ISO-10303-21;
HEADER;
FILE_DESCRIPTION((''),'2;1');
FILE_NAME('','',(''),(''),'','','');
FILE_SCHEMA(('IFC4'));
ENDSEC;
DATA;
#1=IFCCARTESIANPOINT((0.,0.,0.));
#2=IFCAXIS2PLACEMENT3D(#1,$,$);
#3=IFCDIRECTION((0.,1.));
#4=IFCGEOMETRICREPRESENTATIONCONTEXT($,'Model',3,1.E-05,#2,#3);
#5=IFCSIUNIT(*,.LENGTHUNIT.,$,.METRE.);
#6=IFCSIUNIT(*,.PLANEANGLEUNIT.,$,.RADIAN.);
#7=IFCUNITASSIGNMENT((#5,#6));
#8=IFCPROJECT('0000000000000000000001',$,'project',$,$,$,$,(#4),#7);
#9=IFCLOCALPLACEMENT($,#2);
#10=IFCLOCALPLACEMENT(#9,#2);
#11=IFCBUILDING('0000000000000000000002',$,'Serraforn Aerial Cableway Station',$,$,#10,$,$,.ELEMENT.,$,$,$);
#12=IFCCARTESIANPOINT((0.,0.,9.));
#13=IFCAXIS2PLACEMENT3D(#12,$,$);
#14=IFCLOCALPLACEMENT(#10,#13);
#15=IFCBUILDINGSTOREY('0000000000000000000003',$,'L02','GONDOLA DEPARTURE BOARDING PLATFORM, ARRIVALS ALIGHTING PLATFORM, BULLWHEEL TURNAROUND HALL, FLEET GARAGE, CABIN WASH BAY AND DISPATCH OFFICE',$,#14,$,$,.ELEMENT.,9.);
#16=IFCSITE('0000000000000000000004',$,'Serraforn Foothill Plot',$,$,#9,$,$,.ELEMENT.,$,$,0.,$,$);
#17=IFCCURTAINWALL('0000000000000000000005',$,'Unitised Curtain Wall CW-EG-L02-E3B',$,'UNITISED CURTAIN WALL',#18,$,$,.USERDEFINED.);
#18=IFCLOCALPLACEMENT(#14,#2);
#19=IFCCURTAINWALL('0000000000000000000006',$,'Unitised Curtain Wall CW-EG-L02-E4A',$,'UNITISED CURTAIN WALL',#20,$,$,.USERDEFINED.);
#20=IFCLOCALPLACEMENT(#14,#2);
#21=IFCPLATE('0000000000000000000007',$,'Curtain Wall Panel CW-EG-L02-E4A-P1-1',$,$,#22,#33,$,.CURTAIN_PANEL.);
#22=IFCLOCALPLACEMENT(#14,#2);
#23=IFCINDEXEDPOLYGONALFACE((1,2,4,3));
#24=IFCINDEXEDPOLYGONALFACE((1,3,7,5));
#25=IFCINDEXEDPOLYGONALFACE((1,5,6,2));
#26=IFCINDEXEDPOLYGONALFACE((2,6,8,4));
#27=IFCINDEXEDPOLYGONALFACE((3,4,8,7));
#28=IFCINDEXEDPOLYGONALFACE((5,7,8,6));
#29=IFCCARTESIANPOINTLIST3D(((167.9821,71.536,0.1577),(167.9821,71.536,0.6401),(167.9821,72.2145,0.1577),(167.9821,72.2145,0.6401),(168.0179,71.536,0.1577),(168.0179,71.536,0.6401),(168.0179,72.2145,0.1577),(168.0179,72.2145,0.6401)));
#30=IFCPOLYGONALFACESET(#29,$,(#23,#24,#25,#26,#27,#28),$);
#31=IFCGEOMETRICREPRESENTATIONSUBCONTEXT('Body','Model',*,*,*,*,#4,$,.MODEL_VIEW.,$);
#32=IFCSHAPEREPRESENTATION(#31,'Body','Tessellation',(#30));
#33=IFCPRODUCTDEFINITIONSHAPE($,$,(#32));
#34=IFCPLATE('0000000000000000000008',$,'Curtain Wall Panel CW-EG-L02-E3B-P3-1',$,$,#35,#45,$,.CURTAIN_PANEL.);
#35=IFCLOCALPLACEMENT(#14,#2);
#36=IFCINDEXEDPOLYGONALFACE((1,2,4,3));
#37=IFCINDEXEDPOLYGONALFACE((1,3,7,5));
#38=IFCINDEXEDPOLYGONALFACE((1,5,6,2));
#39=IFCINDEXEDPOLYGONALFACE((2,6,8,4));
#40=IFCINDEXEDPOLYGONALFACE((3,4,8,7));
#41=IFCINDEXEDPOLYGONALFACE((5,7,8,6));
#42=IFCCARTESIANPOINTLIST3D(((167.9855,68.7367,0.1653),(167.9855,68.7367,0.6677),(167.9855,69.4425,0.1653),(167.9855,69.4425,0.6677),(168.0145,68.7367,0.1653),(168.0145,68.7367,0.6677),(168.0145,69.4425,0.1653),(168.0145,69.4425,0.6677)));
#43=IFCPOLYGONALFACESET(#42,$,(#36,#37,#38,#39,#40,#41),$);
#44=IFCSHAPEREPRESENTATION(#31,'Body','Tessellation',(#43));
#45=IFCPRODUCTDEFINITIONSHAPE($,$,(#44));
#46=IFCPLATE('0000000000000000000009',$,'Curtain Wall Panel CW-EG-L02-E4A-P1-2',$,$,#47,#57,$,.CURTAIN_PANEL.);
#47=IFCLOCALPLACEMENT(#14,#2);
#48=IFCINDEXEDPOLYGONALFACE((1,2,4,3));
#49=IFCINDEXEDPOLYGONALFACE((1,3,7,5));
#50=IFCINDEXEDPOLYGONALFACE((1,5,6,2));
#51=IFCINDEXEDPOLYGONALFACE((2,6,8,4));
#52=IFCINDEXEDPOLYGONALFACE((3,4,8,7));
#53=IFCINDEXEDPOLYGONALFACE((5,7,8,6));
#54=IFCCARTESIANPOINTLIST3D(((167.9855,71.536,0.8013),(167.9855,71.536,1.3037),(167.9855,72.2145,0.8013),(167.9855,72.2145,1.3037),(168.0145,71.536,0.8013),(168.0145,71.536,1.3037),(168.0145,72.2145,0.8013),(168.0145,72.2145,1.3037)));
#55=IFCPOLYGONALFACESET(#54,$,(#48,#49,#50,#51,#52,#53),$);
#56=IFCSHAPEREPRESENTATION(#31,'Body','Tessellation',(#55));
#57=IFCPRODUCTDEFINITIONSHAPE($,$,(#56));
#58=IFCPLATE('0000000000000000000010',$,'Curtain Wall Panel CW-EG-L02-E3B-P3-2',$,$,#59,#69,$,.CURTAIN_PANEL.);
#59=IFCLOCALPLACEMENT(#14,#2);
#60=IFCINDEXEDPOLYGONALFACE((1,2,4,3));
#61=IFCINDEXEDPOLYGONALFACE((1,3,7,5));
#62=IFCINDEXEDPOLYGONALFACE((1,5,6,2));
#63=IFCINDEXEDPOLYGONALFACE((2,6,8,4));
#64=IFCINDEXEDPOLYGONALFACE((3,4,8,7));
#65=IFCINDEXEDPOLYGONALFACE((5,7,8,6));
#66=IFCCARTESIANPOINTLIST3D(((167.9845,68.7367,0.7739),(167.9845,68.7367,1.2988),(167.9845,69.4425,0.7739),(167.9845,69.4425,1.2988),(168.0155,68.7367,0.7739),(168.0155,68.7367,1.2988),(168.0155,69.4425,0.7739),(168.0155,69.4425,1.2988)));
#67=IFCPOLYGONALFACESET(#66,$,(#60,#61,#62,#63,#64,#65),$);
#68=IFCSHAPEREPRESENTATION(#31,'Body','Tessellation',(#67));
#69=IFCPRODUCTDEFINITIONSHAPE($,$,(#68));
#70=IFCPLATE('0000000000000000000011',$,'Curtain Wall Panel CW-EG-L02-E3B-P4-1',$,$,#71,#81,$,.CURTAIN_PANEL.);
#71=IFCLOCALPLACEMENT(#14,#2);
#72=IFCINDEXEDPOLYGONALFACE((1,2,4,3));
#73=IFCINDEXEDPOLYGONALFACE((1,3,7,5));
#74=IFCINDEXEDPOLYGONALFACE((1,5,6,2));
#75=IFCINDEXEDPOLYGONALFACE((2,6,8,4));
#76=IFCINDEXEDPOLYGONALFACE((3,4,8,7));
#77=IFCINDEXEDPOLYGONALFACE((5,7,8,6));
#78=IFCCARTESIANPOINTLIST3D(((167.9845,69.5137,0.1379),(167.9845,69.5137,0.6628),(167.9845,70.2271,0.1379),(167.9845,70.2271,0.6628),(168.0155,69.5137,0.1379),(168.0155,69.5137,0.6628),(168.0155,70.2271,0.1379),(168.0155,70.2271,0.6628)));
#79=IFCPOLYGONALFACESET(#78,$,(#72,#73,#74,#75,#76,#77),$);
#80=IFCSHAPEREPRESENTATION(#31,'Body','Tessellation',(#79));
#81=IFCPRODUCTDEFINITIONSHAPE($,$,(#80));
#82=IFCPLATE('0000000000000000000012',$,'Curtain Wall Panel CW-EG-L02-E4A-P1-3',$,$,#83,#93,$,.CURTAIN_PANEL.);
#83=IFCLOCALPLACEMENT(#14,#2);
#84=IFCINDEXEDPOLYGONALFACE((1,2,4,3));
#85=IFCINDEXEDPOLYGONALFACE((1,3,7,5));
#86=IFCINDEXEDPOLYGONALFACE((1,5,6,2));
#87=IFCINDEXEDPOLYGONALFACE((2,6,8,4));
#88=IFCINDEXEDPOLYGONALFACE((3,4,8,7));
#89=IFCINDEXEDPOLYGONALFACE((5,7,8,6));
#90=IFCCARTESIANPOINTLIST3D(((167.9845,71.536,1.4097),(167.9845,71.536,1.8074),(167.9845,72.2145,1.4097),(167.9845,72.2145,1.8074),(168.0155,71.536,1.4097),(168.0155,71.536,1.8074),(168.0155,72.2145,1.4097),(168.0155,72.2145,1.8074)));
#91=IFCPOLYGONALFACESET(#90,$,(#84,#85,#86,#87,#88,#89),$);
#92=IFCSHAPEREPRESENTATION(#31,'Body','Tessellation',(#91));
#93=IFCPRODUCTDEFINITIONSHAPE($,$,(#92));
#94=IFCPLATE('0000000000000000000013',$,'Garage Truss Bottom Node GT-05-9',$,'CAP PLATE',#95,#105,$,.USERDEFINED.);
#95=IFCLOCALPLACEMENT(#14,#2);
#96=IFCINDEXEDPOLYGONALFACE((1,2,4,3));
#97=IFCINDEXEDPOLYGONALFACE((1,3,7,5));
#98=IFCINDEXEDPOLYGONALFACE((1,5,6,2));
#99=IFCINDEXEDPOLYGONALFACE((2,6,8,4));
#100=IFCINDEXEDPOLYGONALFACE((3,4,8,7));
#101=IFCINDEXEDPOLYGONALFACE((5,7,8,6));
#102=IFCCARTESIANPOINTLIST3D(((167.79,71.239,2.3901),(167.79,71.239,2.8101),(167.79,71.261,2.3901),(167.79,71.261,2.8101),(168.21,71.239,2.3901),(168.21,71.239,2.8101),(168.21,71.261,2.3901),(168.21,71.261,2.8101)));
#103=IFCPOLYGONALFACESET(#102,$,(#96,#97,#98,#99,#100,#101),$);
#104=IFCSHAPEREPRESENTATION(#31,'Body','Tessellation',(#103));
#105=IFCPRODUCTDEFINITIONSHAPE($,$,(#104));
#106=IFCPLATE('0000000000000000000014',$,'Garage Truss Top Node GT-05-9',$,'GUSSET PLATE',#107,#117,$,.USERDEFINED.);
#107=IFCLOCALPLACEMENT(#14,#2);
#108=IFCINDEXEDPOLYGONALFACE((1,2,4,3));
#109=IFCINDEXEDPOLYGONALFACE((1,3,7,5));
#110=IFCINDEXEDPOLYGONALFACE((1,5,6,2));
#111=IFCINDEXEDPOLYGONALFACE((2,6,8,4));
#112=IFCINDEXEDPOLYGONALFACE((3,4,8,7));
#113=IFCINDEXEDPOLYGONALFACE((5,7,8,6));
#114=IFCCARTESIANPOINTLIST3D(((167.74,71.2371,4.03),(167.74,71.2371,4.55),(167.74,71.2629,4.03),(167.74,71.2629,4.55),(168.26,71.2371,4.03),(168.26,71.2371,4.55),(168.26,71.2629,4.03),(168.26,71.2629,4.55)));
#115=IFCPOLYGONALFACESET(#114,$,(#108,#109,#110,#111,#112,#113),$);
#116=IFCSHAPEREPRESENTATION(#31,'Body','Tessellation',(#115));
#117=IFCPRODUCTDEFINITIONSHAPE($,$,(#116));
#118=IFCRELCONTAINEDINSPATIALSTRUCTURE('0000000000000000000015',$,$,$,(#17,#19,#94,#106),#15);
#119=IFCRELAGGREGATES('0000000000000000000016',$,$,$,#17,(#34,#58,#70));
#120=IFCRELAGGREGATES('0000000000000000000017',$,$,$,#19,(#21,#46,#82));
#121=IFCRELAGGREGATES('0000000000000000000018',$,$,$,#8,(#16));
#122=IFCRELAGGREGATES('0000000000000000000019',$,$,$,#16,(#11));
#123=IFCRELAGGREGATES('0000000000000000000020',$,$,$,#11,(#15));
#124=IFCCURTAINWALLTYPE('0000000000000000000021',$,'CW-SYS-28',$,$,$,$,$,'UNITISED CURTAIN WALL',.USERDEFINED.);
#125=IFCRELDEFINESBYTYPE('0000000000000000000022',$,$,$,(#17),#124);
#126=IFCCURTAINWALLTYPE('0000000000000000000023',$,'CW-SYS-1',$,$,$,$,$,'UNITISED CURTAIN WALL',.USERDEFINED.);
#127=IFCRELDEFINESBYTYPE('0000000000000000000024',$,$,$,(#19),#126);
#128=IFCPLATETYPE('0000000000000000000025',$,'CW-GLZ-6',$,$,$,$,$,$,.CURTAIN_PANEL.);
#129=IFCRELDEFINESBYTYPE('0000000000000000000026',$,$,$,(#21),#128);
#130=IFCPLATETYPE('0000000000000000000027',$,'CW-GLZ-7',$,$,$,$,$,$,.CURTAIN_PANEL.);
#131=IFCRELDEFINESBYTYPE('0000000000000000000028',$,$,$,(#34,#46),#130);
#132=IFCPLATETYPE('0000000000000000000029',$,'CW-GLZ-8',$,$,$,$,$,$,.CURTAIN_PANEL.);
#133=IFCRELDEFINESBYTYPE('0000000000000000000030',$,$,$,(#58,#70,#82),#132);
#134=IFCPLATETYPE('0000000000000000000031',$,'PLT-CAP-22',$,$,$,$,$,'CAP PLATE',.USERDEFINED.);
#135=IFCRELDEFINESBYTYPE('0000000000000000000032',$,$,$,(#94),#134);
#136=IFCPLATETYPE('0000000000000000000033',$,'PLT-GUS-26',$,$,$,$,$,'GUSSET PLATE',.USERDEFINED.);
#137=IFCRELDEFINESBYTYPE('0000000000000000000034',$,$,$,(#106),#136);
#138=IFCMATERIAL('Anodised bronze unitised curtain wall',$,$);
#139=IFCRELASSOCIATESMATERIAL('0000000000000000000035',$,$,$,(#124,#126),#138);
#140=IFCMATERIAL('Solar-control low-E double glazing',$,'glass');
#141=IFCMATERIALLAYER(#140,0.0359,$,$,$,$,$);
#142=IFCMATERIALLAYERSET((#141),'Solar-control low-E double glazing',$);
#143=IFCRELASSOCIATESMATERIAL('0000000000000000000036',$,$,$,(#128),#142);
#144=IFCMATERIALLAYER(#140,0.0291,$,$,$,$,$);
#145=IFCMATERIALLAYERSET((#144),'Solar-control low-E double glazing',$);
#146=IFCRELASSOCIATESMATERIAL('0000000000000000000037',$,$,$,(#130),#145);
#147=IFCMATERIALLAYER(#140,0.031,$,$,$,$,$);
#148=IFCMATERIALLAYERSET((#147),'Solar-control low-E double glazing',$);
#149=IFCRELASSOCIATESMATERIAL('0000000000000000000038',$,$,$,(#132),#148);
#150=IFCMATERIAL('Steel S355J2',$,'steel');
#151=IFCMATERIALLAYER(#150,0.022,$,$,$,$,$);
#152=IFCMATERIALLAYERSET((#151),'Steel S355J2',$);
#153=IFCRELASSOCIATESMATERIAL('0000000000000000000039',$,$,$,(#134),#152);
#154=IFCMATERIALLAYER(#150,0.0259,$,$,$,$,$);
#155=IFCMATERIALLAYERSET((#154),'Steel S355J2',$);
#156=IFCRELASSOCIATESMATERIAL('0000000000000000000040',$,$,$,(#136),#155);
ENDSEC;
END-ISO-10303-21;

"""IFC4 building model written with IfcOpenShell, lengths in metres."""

from ifc_helpers import new_model, si_unit, direction, frame, origin, origin_2d, place, context, subcontext, project, spatial, rectangle, extrude, material, layer, layer_set, type_object, element, aggregate, save


model = new_model("IFC4")

# Units and contexts
model_context = context("Model", 3, precision=1e-05, world=origin(), true_north=direction((0.0, 1.0)))
body_context = subcontext(model_context, "Body", "Model", "MODEL_VIEW")
ifc_project = project(units=[si_unit("LENGTHUNIT", "METRE"), si_unit("PLANEANGLEUNIT", "RADIAN")], contexts=[model_context])

# Site, building, storey
site_placement = place(None, origin())
site = spatial("IfcSite", under=ifc_project, at=site_placement, Name="Serraforn Foothill Plot", CompositionType="ELEMENT", RefElevation=0.0)
building_placement = place(site_placement, origin())
building = spatial("IfcBuilding", under=site, at=building_placement, Name="Serraforn Aerial Cableway Station", CompositionType="ELEMENT")
storey_placement = place(building_placement, frame((0.0, 0.0, 9.0)))
storey = spatial("IfcBuildingStorey", under=building, at=storey_placement, Name="L02", Description="GONDOLA DEPARTURE BOARDING PLATFORM, ARRIVALS ALIGHTING PLATFORM, BULLWHEEL TURNAROUND HALL, FLEET GARAGE, CABIN WASH BAY AND DISPATCH OFFICE", CompositionType="ELEMENT", Elevation=9.0)

# Shared definitions
ifc_material_1 = material(Name="Steel S355J2", Category="steel")

# Curtain wall
ifc_material_2 = material(Name="Anodised bronze unitised curtain wall")
curtain_wall_type_1 = type_object("IfcCurtainWallType", Name="CW-SYS-28", ElementType="UNITISED CURTAIN WALL", PredefinedType="USERDEFINED", material=ifc_material_2)
curtain_wall_1_placement = place(storey_placement, origin())
curtain_wall_1 = element("IfcCurtainWall", 1, at=curtain_wall_1_placement, inside=storey, type_object=curtain_wall_type_1, Name="Unitised Curtain Wall CW-EG-L02-E3B", ObjectType="UNITISED CURTAIN WALL", PredefinedType="USERDEFINED")

# Curtain wall
curtain_wall_type_2 = type_object("IfcCurtainWallType", Name="CW-SYS-1", ElementType="UNITISED CURTAIN WALL", PredefinedType="USERDEFINED", material=ifc_material_2)
curtain_wall_2_placement = place(storey_placement, origin())
curtain_wall_2 = element("IfcCurtainWall", 2, at=curtain_wall_2_placement, inside=storey, type_object=curtain_wall_type_2, Name="Unitised Curtain Wall CW-EG-L02-E4A", ObjectType="UNITISED CURTAIN WALL", PredefinedType="USERDEFINED")

# Plates
ifc_material_3 = material(Name="Solar-control low-E double glazing", Category="glass")
ifc_layer_1 = layer(ifc_material_3, 0.0359)
ifc_layer_set_1 = layer_set([ifc_layer_1], Name="Solar-control low-E double glazing")
plate_type_1 = type_object("IfcPlateType", Name="CW-GLZ-6", PredefinedType="CURTAIN_PANEL", material=ifc_layer_set_1)
plate_1_placement = place(storey_placement, frame((168.0, 71.8752, 0.1577), z_axis=(0.0, 0.0, 1.0), x_axis=(1.0, 0.0, 0.0)))
plate_1 = element("IfcPlate", 3, at=plate_1_placement, type_object=plate_type_1, Name="Curtain Wall Panel CW-EG-L02-E4A-P1-1", PredefinedType="CURTAIN_PANEL", context=body_context, shape_type="SweptSolid", body=[
    extrude(rectangle(XDim=0.0359, YDim=0.6785, at=origin_2d()), origin(), (0.0, 0.0, 1.0), 0.4824),
])
ifc_layer_2 = layer(ifc_material_3, 0.0291)
ifc_layer_set_2 = layer_set([ifc_layer_2], Name="Solar-control low-E double glazing")
plate_type_2 = type_object("IfcPlateType", Name="CW-GLZ-7", PredefinedType="CURTAIN_PANEL", material=ifc_layer_set_2)
plate_2_placement = place(storey_placement, frame((168.0, 69.0896, 0.1653), z_axis=(0.0, 0.0, 1.0), x_axis=(1.0, 0.0, 0.0)))
plate_2 = element("IfcPlate", 4, at=plate_2_placement, type_object=plate_type_2, Name="Curtain Wall Panel CW-EG-L02-E3B-P3-1", PredefinedType="CURTAIN_PANEL", context=body_context, shape_type="SweptSolid", body=[
    extrude(rectangle(XDim=0.0291, YDim=0.7058, at=origin_2d()), origin(), (0.0, 0.0, 1.0), 0.5024),
])
plate_3_placement = place(storey_placement, frame((168.0, 71.8752, 0.8013), z_axis=(0.0, 0.0, 1.0), x_axis=(1.0, 0.0, 0.0)))
plate_3 = element("IfcPlate", 5, at=plate_3_placement, type_object=plate_type_2, Name="Curtain Wall Panel CW-EG-L02-E4A-P1-2", PredefinedType="CURTAIN_PANEL", context=body_context, shape_type="SweptSolid", body=[
    extrude(rectangle(XDim=0.0291, YDim=0.6785, at=origin_2d()), origin(), (0.0, 0.0, 1.0), 0.5024),
])
ifc_layer_3 = layer(ifc_material_3, 0.031)
ifc_layer_set_3 = layer_set([ifc_layer_3], Name="Solar-control low-E double glazing")
plate_type_3 = type_object("IfcPlateType", Name="CW-GLZ-8", PredefinedType="CURTAIN_PANEL", material=ifc_layer_set_3)
plate_4_placement = place(storey_placement, frame((168.0, 69.0896, 0.7739), z_axis=(0.0, 0.0, 1.0), x_axis=(1.0, 0.0, 0.0)))
plate_4 = element("IfcPlate", 6, at=plate_4_placement, type_object=plate_type_3, Name="Curtain Wall Panel CW-EG-L02-E3B-P3-2", PredefinedType="CURTAIN_PANEL", context=body_context, shape_type="SweptSolid", body=[
    extrude(rectangle(XDim=0.031, YDim=0.7058, at=origin_2d()), origin(), (0.0, 0.0, 1.0), 0.5249),
])
plate_5_placement = place(storey_placement, frame((168.0, 69.8704, 0.1379), z_axis=(0.0, 0.0, 1.0), x_axis=(1.0, 0.0, 0.0)))
plate_5 = element("IfcPlate", 7, at=plate_5_placement, type_object=plate_type_3, Name="Curtain Wall Panel CW-EG-L02-E3B-P4-1", PredefinedType="CURTAIN_PANEL", context=body_context, shape_type="SweptSolid", body=[
    extrude(rectangle(XDim=0.031, YDim=0.7134, at=origin_2d()), origin(), (0.0, 0.0, 1.0), 0.5249),
])
aggregate(curtain_wall_1, [plate_2, plate_4, plate_5])
plate_6_placement = place(storey_placement, frame((168.0, 71.8752, 1.4097), z_axis=(0.0, 0.0, 1.0), x_axis=(1.0, 0.0, 0.0)))
plate_6 = element("IfcPlate", 8, at=plate_6_placement, type_object=plate_type_3, Name="Curtain Wall Panel CW-EG-L02-E4A-P1-3", PredefinedType="CURTAIN_PANEL", context=body_context, shape_type="SweptSolid", body=[
    extrude(rectangle(XDim=0.031, YDim=0.6785, at=origin_2d()), origin(), (0.0, 0.0, 1.0), 0.3977),
])
aggregate(curtain_wall_2, [plate_1, plate_3, plate_6])

# Plates
ifc_layer_4 = layer(ifc_material_1, 0.022)
ifc_layer_set_4 = layer_set([ifc_layer_4], Name="Steel S355J2")
plate_type_4 = type_object("IfcPlateType", Name="PLT-CAP-22", ElementType="CAP PLATE", PredefinedType="USERDEFINED", material=ifc_layer_set_4)
plate_7_placement = place(storey_placement, frame((168.0, 71.25, 2.3901), z_axis=(0.0, 0.0, 1.0), x_axis=(1.0, 0.0, 0.0)))
element("IfcPlate", 9, at=plate_7_placement, inside=storey, type_object=plate_type_4, Name="Garage Truss Bottom Node GT-05-9", ObjectType="CAP PLATE", PredefinedType="USERDEFINED", context=body_context, shape_type="SweptSolid", body=[
    extrude(rectangle(XDim=0.4199, YDim=0.022, at=origin_2d()), origin(), (0.0, 0.0, 1.0), 0.4199),
])
ifc_layer_5 = layer(ifc_material_1, 0.0259)
ifc_layer_set_5 = layer_set([ifc_layer_5], Name="Steel S355J2")
plate_type_5 = type_object("IfcPlateType", Name="PLT-GUS-26", ElementType="GUSSET PLATE", PredefinedType="USERDEFINED", material=ifc_layer_set_5)
plate_8_placement = place(storey_placement, frame((168.0, 71.25, 4.03), z_axis=(0.0, 0.0, 1.0), x_axis=(1.0, 0.0, 0.0)))
element("IfcPlate", 10, at=plate_8_placement, inside=storey, type_object=plate_type_5, Name="Garage Truss Top Node GT-05-9", ObjectType="GUSSET PLATE", PredefinedType="USERDEFINED", context=body_context, shape_type="SweptSolid", body=[
    extrude(rectangle(XDim=0.52, YDim=0.0259, at=origin_2d()), origin(), (0.0, 0.0, 1.0), 0.52),
])

save(model, "model.ifc")
